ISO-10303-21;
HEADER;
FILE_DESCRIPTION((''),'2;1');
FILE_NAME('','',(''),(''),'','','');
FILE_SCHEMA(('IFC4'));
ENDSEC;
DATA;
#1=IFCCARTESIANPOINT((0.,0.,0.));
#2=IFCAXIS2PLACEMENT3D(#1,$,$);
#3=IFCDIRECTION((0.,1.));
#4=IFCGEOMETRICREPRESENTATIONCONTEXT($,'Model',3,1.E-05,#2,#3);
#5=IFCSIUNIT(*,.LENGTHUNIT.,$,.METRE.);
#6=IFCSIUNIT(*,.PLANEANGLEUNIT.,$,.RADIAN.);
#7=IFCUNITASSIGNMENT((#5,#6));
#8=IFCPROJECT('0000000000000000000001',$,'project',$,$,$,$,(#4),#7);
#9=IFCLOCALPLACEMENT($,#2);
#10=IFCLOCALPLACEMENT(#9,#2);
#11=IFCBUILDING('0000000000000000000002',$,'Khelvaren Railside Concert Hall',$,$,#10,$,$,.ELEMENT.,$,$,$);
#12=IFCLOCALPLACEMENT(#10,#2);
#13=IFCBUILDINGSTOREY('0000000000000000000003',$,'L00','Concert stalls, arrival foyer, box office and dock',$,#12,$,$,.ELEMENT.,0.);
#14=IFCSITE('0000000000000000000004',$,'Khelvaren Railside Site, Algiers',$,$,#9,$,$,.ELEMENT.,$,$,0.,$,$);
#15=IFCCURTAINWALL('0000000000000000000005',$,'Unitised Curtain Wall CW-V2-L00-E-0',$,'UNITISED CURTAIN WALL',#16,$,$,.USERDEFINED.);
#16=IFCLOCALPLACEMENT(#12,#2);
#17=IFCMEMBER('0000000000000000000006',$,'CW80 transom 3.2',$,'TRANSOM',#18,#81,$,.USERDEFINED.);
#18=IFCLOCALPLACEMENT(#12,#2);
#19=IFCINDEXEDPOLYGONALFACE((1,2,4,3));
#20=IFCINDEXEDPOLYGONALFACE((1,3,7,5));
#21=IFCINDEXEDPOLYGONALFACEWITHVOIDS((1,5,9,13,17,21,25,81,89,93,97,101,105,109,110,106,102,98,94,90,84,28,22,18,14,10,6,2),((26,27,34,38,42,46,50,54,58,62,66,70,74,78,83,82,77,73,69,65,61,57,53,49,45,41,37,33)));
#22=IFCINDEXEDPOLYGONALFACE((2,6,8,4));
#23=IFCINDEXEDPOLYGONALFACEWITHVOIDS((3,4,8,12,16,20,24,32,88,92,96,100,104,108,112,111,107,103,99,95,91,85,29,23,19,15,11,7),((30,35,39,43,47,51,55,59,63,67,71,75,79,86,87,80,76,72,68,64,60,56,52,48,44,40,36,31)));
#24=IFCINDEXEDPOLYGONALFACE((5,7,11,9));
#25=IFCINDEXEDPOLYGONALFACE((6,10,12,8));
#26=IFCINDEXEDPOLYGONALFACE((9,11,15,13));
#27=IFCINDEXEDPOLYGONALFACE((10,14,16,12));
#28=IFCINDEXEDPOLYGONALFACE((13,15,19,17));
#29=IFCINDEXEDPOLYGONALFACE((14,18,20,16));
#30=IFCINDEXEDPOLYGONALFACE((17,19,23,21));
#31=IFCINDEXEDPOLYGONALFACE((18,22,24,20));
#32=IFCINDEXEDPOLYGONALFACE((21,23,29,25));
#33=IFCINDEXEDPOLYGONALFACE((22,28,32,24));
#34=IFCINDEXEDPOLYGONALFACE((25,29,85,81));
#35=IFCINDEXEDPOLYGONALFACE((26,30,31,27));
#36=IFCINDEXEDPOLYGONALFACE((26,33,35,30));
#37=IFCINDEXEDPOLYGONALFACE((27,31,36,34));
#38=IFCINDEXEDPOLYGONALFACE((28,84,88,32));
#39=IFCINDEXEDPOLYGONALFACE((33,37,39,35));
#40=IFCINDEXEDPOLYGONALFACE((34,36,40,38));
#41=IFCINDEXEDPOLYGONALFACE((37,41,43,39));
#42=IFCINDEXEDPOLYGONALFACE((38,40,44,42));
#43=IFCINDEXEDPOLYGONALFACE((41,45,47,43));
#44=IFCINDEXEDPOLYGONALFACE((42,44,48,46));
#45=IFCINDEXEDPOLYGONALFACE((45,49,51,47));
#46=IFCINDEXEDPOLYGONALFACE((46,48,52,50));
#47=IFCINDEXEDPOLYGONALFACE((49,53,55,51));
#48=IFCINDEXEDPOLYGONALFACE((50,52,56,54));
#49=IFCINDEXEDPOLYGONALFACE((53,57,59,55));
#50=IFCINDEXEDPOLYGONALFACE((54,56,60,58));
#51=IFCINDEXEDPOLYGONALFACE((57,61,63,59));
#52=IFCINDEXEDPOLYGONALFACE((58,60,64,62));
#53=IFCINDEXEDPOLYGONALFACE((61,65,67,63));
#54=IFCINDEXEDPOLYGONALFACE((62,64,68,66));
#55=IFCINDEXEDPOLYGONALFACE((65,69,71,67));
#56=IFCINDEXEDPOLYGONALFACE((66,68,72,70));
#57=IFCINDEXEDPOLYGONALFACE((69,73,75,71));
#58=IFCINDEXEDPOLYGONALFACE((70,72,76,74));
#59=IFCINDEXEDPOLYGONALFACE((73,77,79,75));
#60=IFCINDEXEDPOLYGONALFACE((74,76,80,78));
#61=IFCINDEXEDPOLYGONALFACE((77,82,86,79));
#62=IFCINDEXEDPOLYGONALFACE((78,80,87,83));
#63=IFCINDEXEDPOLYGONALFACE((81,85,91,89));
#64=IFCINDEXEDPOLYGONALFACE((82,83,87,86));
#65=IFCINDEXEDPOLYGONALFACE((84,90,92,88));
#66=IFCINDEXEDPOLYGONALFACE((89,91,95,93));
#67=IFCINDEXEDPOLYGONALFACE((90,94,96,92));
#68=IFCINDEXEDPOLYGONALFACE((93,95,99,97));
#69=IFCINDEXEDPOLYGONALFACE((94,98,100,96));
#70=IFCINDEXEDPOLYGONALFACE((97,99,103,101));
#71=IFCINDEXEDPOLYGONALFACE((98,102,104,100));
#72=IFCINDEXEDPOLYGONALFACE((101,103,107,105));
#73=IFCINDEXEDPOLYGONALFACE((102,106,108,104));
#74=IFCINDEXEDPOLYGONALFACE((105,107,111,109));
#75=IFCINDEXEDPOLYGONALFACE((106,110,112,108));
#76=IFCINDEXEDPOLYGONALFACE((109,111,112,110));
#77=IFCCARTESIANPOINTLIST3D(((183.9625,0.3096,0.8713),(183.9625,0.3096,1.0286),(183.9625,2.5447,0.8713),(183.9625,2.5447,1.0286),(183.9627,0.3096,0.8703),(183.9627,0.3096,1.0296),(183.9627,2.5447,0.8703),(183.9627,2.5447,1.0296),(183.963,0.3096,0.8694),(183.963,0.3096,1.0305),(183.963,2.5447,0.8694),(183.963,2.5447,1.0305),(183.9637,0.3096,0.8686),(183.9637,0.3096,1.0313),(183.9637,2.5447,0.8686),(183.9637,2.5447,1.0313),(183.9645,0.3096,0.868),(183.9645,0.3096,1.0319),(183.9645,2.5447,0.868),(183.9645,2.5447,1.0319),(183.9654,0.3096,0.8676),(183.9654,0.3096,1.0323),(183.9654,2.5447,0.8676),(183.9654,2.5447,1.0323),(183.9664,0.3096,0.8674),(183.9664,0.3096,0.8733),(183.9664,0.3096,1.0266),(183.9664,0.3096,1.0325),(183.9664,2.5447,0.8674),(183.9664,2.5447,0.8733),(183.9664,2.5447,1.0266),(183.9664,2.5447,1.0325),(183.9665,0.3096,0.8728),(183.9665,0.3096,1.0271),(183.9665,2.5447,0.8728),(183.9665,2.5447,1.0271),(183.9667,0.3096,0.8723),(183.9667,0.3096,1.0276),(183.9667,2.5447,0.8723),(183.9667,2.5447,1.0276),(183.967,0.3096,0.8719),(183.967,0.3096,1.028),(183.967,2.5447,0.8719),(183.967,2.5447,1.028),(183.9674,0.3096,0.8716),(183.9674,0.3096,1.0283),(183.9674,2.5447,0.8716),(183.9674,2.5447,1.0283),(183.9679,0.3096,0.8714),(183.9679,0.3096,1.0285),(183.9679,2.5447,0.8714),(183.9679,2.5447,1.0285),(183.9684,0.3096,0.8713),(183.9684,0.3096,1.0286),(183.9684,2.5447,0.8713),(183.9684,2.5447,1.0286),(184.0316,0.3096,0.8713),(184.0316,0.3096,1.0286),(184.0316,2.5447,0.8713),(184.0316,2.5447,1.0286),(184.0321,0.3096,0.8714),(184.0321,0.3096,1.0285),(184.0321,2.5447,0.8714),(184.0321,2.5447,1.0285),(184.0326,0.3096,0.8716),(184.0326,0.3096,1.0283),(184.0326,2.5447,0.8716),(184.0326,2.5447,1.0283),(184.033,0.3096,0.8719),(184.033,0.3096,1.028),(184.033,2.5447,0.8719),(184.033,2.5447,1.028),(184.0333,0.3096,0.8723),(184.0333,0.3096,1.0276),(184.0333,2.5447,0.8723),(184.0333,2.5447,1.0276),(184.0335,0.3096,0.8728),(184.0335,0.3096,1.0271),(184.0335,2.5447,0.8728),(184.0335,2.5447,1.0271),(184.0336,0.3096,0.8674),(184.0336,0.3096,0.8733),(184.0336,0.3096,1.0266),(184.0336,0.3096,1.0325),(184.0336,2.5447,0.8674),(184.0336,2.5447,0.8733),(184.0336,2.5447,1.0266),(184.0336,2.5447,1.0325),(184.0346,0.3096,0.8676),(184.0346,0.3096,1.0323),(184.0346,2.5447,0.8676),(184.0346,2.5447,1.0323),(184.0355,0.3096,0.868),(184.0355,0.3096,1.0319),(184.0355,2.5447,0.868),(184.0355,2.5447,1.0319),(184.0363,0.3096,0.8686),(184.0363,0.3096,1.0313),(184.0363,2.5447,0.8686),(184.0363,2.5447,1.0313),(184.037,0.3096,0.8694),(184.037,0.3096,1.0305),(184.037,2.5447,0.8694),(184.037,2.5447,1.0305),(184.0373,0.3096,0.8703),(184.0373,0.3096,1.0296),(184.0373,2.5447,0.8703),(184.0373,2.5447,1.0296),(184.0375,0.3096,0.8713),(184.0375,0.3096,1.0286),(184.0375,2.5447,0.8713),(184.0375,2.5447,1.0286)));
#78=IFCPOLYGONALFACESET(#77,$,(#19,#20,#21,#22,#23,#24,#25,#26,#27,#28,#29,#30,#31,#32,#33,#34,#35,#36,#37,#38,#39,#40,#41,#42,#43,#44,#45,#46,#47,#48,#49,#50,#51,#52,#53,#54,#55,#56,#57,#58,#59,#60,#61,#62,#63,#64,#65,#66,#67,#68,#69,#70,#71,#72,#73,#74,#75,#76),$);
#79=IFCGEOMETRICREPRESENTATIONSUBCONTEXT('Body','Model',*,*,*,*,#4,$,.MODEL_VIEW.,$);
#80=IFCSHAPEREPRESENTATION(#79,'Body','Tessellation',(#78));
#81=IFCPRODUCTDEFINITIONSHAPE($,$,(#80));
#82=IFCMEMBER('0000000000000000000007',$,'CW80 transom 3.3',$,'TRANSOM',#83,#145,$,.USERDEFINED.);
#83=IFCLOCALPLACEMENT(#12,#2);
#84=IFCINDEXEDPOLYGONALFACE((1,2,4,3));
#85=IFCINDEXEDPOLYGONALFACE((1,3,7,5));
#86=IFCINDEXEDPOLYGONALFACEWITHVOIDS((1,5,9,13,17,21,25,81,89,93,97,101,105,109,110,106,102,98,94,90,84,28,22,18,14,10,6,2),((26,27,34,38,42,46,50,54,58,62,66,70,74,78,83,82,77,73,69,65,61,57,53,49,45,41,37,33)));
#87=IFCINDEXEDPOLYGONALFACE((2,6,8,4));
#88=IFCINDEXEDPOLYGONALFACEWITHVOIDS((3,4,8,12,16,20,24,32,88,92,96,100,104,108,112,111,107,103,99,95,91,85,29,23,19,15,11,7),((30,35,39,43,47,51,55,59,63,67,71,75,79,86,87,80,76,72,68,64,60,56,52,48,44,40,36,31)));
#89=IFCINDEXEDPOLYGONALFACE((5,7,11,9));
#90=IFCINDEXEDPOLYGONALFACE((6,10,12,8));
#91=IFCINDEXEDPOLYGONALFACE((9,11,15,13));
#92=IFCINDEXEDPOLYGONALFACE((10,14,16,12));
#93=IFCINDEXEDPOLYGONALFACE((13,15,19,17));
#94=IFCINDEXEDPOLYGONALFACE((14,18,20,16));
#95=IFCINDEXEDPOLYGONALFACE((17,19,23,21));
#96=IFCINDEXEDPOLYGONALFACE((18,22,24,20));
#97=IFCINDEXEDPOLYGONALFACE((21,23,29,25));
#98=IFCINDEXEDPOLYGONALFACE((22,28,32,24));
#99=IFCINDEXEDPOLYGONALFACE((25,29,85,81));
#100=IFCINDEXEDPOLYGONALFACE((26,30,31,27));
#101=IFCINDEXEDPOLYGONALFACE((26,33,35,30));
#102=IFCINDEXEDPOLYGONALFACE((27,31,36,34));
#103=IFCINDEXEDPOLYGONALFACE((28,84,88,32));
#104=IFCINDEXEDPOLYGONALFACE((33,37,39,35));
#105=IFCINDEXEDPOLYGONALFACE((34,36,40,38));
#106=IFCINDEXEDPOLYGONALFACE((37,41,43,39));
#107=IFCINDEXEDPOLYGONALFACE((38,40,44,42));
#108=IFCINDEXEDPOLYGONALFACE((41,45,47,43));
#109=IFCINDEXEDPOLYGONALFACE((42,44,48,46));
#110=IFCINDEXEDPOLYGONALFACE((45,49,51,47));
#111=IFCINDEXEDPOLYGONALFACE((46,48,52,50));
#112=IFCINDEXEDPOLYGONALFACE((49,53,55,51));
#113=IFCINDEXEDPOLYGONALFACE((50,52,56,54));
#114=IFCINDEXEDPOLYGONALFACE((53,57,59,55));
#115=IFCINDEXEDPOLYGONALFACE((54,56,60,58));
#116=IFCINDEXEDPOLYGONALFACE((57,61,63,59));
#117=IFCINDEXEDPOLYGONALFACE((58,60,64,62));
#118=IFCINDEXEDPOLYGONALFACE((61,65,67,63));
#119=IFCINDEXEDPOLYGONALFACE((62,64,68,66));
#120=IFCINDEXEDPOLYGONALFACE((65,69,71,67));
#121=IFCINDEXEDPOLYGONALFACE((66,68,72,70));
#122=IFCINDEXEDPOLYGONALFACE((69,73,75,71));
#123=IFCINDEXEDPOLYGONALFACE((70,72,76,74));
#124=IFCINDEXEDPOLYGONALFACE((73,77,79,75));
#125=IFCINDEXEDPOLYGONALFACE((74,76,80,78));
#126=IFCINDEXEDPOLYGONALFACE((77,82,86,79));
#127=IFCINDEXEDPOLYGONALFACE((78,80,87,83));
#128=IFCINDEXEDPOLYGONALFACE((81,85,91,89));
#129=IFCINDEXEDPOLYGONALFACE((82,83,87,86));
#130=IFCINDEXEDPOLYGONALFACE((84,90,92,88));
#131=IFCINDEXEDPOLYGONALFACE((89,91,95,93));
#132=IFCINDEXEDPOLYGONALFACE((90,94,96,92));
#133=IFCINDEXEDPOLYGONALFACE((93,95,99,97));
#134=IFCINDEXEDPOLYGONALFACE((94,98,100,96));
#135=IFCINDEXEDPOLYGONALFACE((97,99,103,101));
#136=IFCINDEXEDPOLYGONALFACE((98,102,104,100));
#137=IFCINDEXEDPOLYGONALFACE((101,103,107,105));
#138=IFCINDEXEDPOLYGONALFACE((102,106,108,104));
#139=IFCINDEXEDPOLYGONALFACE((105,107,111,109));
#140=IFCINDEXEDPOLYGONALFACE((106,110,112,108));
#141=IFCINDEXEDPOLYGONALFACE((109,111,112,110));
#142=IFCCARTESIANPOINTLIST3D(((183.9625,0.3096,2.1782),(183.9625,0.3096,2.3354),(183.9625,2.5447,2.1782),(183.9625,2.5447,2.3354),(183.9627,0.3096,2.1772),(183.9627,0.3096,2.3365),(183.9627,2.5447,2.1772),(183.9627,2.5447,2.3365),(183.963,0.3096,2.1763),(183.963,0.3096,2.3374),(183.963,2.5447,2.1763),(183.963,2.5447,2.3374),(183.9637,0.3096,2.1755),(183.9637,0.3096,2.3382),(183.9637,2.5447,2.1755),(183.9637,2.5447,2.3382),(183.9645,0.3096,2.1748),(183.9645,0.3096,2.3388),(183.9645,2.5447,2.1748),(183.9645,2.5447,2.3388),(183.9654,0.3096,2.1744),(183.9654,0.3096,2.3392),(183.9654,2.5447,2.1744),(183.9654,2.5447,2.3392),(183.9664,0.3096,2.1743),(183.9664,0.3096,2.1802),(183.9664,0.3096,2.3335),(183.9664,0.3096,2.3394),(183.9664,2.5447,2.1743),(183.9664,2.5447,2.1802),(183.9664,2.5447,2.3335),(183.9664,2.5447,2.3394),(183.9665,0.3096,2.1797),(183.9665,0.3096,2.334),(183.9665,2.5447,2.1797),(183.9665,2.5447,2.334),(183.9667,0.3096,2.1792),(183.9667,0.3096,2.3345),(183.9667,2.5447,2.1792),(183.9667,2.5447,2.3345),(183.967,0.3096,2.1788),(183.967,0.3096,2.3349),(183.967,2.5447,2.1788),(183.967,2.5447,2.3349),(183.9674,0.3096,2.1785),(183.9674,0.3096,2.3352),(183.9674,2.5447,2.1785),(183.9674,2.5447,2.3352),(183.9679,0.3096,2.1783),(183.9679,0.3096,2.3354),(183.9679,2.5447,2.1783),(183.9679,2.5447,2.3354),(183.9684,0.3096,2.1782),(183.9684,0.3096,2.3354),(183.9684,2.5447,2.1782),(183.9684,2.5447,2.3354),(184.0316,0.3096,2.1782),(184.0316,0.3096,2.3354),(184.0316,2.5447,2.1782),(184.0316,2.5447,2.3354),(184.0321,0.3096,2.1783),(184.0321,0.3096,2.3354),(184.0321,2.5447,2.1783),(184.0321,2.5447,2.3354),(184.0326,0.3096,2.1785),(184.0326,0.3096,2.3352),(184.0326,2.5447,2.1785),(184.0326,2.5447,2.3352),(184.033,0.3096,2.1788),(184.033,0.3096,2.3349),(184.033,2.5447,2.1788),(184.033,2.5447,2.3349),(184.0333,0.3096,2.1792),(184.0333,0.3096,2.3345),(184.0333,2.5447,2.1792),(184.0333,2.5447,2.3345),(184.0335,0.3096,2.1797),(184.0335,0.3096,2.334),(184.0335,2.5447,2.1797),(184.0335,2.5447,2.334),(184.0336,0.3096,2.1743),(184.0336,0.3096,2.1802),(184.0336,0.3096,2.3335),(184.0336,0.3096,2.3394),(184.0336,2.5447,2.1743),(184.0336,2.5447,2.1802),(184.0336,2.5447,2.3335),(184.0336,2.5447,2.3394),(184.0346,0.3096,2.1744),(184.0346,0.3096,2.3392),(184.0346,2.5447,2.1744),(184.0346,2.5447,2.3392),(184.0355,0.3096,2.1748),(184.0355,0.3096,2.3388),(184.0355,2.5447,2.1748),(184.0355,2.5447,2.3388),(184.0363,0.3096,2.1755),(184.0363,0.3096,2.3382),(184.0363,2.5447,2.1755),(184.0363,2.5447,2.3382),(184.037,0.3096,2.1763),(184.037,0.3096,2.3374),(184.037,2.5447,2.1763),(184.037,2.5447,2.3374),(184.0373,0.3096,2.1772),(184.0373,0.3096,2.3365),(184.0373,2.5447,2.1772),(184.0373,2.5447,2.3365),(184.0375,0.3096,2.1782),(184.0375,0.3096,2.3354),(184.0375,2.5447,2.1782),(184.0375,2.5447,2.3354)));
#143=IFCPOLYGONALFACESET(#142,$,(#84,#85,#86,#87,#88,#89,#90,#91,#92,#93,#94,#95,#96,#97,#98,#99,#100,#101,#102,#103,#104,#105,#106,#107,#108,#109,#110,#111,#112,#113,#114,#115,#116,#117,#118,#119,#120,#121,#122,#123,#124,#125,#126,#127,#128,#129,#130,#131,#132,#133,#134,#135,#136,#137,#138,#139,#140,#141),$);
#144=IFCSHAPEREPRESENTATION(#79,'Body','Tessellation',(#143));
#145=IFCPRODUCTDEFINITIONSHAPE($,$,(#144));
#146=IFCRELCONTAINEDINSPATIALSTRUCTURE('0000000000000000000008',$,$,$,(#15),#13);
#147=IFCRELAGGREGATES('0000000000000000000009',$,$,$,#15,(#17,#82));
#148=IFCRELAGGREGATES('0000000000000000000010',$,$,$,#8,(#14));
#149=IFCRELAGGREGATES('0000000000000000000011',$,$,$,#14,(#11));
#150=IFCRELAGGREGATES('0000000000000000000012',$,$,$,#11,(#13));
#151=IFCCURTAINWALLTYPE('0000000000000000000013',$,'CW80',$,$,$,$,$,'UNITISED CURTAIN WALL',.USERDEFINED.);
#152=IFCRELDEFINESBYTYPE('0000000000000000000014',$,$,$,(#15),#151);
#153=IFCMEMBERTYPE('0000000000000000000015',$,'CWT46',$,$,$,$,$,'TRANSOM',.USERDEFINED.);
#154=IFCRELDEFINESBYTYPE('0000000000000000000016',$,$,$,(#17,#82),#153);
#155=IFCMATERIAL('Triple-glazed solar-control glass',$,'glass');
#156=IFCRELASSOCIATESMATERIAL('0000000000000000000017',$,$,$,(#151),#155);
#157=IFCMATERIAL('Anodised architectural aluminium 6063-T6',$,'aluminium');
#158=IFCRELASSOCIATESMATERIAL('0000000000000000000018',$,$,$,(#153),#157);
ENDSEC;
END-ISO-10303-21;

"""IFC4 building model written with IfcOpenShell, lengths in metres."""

from ifc_helpers import new_model, si_unit, direction, frame, origin, origin_2d, place, context, subcontext, project, spatial, hollow_rectangle, extrude, material, material_profile, profile_set, type_object, element, aggregate, save


model = new_model("IFC4")

# Units and contexts
model_context = context("Model", 3, precision=1e-05, world=origin(), true_north=direction((0.0, 1.0)))
body_context = subcontext(model_context, "Body", "Model", "MODEL_VIEW")
ifc_project = project(units=[si_unit("LENGTHUNIT", "METRE"), si_unit("PLANEANGLEUNIT", "RADIAN")], contexts=[model_context])

# Site, building, storey
site_placement = place(None, origin())
site = spatial("IfcSite", under=ifc_project, at=site_placement, Name="Khelvaren Railside Site, Algiers", CompositionType="ELEMENT", RefElevation=0.0)
building_placement = place(site_placement, origin())
building = spatial("IfcBuilding", under=site, at=building_placement, Name="Khelvaren Railside Concert Hall", CompositionType="ELEMENT")
storey_placement = place(building_placement, origin())
storey = spatial("IfcBuildingStorey", under=building, at=storey_placement, Name="L00", Description="Concert stalls, arrival foyer, box office and dock", CompositionType="ELEMENT", Elevation=0.0)

# Curtain wall
ifc_material_1 = material(Name="Triple-glazed solar-control glass", Category="glass")
curtain_wall_type_1 = type_object("IfcCurtainWallType", Name="CW80", ElementType="UNITISED CURTAIN WALL", PredefinedType="USERDEFINED", material=ifc_material_1)
curtain_wall_1_placement = place(storey_placement, origin())
curtain_wall_1 = element("IfcCurtainWall", 1, at=curtain_wall_1_placement, inside=storey, type_object=curtain_wall_type_1, Name="Unitised Curtain Wall CW-V2-L00-E-0", ObjectType="UNITISED CURTAIN WALL", PredefinedType="USERDEFINED")
ifc_material_2 = material(Name="Anodised architectural aluminium 6063-T6", Category="aluminium")

# Members
ifc_material_profile_1 = material_profile(ifc_material_2, hollow_rectangle(XDim=0.075, YDim=0.165, WallThickness=0.0039, InnerFilletRadius=0.002, OuterFilletRadius=0.0039, at=origin_2d()), Name="CWT 75x165x4")
ifc_profile_set_1 = profile_set([ifc_material_profile_1], Name="Anodised architectural aluminium 6063-T6")
member_type_1 = type_object("IfcMemberType", Name="CWT46", ElementType="TRANSOM", PredefinedType="USERDEFINED", material=ifc_profile_set_1)
member_1_placement = place(storey_placement, frame((184.0, 2.5447, 0.95), z_axis=(0.0, -1.0, 0.0), x_axis=(1.0, 0.0, 0.0)))
member_1 = element("IfcMember", 2, at=member_1_placement, type_object=member_type_1, Name="CW80 transom 3.2", ObjectType="TRANSOM", PredefinedType="USERDEFINED", context=body_context, shape_type="SweptSolid", body=[
    extrude(hollow_rectangle(XDim=0.075, YDim=0.165, WallThickness=0.0039, InnerFilletRadius=0.002, OuterFilletRadius=0.0039, at=origin_2d()), origin(), (0.0, 0.0, 1.0), 2.2351),
])
member_2_placement = place(storey_placement, frame((184.0, 2.5447, 2.2568), z_axis=(0.0, -1.0, 0.0), x_axis=(1.0, 0.0, 0.0)))
member_2 = element("IfcMember", 3, at=member_2_placement, type_object=member_type_1, Name="CW80 transom 3.3", ObjectType="TRANSOM", PredefinedType="USERDEFINED", context=body_context, shape_type="SweptSolid", body=[
    extrude(hollow_rectangle(XDim=0.075, YDim=0.165, WallThickness=0.0039, InnerFilletRadius=0.002, OuterFilletRadius=0.0039, at=origin_2d()), origin(), (0.0, 0.0, 1.0), 2.2351),
])

aggregate(curtain_wall_1, [member_1, member_2])

save(model, "model.ifc")
